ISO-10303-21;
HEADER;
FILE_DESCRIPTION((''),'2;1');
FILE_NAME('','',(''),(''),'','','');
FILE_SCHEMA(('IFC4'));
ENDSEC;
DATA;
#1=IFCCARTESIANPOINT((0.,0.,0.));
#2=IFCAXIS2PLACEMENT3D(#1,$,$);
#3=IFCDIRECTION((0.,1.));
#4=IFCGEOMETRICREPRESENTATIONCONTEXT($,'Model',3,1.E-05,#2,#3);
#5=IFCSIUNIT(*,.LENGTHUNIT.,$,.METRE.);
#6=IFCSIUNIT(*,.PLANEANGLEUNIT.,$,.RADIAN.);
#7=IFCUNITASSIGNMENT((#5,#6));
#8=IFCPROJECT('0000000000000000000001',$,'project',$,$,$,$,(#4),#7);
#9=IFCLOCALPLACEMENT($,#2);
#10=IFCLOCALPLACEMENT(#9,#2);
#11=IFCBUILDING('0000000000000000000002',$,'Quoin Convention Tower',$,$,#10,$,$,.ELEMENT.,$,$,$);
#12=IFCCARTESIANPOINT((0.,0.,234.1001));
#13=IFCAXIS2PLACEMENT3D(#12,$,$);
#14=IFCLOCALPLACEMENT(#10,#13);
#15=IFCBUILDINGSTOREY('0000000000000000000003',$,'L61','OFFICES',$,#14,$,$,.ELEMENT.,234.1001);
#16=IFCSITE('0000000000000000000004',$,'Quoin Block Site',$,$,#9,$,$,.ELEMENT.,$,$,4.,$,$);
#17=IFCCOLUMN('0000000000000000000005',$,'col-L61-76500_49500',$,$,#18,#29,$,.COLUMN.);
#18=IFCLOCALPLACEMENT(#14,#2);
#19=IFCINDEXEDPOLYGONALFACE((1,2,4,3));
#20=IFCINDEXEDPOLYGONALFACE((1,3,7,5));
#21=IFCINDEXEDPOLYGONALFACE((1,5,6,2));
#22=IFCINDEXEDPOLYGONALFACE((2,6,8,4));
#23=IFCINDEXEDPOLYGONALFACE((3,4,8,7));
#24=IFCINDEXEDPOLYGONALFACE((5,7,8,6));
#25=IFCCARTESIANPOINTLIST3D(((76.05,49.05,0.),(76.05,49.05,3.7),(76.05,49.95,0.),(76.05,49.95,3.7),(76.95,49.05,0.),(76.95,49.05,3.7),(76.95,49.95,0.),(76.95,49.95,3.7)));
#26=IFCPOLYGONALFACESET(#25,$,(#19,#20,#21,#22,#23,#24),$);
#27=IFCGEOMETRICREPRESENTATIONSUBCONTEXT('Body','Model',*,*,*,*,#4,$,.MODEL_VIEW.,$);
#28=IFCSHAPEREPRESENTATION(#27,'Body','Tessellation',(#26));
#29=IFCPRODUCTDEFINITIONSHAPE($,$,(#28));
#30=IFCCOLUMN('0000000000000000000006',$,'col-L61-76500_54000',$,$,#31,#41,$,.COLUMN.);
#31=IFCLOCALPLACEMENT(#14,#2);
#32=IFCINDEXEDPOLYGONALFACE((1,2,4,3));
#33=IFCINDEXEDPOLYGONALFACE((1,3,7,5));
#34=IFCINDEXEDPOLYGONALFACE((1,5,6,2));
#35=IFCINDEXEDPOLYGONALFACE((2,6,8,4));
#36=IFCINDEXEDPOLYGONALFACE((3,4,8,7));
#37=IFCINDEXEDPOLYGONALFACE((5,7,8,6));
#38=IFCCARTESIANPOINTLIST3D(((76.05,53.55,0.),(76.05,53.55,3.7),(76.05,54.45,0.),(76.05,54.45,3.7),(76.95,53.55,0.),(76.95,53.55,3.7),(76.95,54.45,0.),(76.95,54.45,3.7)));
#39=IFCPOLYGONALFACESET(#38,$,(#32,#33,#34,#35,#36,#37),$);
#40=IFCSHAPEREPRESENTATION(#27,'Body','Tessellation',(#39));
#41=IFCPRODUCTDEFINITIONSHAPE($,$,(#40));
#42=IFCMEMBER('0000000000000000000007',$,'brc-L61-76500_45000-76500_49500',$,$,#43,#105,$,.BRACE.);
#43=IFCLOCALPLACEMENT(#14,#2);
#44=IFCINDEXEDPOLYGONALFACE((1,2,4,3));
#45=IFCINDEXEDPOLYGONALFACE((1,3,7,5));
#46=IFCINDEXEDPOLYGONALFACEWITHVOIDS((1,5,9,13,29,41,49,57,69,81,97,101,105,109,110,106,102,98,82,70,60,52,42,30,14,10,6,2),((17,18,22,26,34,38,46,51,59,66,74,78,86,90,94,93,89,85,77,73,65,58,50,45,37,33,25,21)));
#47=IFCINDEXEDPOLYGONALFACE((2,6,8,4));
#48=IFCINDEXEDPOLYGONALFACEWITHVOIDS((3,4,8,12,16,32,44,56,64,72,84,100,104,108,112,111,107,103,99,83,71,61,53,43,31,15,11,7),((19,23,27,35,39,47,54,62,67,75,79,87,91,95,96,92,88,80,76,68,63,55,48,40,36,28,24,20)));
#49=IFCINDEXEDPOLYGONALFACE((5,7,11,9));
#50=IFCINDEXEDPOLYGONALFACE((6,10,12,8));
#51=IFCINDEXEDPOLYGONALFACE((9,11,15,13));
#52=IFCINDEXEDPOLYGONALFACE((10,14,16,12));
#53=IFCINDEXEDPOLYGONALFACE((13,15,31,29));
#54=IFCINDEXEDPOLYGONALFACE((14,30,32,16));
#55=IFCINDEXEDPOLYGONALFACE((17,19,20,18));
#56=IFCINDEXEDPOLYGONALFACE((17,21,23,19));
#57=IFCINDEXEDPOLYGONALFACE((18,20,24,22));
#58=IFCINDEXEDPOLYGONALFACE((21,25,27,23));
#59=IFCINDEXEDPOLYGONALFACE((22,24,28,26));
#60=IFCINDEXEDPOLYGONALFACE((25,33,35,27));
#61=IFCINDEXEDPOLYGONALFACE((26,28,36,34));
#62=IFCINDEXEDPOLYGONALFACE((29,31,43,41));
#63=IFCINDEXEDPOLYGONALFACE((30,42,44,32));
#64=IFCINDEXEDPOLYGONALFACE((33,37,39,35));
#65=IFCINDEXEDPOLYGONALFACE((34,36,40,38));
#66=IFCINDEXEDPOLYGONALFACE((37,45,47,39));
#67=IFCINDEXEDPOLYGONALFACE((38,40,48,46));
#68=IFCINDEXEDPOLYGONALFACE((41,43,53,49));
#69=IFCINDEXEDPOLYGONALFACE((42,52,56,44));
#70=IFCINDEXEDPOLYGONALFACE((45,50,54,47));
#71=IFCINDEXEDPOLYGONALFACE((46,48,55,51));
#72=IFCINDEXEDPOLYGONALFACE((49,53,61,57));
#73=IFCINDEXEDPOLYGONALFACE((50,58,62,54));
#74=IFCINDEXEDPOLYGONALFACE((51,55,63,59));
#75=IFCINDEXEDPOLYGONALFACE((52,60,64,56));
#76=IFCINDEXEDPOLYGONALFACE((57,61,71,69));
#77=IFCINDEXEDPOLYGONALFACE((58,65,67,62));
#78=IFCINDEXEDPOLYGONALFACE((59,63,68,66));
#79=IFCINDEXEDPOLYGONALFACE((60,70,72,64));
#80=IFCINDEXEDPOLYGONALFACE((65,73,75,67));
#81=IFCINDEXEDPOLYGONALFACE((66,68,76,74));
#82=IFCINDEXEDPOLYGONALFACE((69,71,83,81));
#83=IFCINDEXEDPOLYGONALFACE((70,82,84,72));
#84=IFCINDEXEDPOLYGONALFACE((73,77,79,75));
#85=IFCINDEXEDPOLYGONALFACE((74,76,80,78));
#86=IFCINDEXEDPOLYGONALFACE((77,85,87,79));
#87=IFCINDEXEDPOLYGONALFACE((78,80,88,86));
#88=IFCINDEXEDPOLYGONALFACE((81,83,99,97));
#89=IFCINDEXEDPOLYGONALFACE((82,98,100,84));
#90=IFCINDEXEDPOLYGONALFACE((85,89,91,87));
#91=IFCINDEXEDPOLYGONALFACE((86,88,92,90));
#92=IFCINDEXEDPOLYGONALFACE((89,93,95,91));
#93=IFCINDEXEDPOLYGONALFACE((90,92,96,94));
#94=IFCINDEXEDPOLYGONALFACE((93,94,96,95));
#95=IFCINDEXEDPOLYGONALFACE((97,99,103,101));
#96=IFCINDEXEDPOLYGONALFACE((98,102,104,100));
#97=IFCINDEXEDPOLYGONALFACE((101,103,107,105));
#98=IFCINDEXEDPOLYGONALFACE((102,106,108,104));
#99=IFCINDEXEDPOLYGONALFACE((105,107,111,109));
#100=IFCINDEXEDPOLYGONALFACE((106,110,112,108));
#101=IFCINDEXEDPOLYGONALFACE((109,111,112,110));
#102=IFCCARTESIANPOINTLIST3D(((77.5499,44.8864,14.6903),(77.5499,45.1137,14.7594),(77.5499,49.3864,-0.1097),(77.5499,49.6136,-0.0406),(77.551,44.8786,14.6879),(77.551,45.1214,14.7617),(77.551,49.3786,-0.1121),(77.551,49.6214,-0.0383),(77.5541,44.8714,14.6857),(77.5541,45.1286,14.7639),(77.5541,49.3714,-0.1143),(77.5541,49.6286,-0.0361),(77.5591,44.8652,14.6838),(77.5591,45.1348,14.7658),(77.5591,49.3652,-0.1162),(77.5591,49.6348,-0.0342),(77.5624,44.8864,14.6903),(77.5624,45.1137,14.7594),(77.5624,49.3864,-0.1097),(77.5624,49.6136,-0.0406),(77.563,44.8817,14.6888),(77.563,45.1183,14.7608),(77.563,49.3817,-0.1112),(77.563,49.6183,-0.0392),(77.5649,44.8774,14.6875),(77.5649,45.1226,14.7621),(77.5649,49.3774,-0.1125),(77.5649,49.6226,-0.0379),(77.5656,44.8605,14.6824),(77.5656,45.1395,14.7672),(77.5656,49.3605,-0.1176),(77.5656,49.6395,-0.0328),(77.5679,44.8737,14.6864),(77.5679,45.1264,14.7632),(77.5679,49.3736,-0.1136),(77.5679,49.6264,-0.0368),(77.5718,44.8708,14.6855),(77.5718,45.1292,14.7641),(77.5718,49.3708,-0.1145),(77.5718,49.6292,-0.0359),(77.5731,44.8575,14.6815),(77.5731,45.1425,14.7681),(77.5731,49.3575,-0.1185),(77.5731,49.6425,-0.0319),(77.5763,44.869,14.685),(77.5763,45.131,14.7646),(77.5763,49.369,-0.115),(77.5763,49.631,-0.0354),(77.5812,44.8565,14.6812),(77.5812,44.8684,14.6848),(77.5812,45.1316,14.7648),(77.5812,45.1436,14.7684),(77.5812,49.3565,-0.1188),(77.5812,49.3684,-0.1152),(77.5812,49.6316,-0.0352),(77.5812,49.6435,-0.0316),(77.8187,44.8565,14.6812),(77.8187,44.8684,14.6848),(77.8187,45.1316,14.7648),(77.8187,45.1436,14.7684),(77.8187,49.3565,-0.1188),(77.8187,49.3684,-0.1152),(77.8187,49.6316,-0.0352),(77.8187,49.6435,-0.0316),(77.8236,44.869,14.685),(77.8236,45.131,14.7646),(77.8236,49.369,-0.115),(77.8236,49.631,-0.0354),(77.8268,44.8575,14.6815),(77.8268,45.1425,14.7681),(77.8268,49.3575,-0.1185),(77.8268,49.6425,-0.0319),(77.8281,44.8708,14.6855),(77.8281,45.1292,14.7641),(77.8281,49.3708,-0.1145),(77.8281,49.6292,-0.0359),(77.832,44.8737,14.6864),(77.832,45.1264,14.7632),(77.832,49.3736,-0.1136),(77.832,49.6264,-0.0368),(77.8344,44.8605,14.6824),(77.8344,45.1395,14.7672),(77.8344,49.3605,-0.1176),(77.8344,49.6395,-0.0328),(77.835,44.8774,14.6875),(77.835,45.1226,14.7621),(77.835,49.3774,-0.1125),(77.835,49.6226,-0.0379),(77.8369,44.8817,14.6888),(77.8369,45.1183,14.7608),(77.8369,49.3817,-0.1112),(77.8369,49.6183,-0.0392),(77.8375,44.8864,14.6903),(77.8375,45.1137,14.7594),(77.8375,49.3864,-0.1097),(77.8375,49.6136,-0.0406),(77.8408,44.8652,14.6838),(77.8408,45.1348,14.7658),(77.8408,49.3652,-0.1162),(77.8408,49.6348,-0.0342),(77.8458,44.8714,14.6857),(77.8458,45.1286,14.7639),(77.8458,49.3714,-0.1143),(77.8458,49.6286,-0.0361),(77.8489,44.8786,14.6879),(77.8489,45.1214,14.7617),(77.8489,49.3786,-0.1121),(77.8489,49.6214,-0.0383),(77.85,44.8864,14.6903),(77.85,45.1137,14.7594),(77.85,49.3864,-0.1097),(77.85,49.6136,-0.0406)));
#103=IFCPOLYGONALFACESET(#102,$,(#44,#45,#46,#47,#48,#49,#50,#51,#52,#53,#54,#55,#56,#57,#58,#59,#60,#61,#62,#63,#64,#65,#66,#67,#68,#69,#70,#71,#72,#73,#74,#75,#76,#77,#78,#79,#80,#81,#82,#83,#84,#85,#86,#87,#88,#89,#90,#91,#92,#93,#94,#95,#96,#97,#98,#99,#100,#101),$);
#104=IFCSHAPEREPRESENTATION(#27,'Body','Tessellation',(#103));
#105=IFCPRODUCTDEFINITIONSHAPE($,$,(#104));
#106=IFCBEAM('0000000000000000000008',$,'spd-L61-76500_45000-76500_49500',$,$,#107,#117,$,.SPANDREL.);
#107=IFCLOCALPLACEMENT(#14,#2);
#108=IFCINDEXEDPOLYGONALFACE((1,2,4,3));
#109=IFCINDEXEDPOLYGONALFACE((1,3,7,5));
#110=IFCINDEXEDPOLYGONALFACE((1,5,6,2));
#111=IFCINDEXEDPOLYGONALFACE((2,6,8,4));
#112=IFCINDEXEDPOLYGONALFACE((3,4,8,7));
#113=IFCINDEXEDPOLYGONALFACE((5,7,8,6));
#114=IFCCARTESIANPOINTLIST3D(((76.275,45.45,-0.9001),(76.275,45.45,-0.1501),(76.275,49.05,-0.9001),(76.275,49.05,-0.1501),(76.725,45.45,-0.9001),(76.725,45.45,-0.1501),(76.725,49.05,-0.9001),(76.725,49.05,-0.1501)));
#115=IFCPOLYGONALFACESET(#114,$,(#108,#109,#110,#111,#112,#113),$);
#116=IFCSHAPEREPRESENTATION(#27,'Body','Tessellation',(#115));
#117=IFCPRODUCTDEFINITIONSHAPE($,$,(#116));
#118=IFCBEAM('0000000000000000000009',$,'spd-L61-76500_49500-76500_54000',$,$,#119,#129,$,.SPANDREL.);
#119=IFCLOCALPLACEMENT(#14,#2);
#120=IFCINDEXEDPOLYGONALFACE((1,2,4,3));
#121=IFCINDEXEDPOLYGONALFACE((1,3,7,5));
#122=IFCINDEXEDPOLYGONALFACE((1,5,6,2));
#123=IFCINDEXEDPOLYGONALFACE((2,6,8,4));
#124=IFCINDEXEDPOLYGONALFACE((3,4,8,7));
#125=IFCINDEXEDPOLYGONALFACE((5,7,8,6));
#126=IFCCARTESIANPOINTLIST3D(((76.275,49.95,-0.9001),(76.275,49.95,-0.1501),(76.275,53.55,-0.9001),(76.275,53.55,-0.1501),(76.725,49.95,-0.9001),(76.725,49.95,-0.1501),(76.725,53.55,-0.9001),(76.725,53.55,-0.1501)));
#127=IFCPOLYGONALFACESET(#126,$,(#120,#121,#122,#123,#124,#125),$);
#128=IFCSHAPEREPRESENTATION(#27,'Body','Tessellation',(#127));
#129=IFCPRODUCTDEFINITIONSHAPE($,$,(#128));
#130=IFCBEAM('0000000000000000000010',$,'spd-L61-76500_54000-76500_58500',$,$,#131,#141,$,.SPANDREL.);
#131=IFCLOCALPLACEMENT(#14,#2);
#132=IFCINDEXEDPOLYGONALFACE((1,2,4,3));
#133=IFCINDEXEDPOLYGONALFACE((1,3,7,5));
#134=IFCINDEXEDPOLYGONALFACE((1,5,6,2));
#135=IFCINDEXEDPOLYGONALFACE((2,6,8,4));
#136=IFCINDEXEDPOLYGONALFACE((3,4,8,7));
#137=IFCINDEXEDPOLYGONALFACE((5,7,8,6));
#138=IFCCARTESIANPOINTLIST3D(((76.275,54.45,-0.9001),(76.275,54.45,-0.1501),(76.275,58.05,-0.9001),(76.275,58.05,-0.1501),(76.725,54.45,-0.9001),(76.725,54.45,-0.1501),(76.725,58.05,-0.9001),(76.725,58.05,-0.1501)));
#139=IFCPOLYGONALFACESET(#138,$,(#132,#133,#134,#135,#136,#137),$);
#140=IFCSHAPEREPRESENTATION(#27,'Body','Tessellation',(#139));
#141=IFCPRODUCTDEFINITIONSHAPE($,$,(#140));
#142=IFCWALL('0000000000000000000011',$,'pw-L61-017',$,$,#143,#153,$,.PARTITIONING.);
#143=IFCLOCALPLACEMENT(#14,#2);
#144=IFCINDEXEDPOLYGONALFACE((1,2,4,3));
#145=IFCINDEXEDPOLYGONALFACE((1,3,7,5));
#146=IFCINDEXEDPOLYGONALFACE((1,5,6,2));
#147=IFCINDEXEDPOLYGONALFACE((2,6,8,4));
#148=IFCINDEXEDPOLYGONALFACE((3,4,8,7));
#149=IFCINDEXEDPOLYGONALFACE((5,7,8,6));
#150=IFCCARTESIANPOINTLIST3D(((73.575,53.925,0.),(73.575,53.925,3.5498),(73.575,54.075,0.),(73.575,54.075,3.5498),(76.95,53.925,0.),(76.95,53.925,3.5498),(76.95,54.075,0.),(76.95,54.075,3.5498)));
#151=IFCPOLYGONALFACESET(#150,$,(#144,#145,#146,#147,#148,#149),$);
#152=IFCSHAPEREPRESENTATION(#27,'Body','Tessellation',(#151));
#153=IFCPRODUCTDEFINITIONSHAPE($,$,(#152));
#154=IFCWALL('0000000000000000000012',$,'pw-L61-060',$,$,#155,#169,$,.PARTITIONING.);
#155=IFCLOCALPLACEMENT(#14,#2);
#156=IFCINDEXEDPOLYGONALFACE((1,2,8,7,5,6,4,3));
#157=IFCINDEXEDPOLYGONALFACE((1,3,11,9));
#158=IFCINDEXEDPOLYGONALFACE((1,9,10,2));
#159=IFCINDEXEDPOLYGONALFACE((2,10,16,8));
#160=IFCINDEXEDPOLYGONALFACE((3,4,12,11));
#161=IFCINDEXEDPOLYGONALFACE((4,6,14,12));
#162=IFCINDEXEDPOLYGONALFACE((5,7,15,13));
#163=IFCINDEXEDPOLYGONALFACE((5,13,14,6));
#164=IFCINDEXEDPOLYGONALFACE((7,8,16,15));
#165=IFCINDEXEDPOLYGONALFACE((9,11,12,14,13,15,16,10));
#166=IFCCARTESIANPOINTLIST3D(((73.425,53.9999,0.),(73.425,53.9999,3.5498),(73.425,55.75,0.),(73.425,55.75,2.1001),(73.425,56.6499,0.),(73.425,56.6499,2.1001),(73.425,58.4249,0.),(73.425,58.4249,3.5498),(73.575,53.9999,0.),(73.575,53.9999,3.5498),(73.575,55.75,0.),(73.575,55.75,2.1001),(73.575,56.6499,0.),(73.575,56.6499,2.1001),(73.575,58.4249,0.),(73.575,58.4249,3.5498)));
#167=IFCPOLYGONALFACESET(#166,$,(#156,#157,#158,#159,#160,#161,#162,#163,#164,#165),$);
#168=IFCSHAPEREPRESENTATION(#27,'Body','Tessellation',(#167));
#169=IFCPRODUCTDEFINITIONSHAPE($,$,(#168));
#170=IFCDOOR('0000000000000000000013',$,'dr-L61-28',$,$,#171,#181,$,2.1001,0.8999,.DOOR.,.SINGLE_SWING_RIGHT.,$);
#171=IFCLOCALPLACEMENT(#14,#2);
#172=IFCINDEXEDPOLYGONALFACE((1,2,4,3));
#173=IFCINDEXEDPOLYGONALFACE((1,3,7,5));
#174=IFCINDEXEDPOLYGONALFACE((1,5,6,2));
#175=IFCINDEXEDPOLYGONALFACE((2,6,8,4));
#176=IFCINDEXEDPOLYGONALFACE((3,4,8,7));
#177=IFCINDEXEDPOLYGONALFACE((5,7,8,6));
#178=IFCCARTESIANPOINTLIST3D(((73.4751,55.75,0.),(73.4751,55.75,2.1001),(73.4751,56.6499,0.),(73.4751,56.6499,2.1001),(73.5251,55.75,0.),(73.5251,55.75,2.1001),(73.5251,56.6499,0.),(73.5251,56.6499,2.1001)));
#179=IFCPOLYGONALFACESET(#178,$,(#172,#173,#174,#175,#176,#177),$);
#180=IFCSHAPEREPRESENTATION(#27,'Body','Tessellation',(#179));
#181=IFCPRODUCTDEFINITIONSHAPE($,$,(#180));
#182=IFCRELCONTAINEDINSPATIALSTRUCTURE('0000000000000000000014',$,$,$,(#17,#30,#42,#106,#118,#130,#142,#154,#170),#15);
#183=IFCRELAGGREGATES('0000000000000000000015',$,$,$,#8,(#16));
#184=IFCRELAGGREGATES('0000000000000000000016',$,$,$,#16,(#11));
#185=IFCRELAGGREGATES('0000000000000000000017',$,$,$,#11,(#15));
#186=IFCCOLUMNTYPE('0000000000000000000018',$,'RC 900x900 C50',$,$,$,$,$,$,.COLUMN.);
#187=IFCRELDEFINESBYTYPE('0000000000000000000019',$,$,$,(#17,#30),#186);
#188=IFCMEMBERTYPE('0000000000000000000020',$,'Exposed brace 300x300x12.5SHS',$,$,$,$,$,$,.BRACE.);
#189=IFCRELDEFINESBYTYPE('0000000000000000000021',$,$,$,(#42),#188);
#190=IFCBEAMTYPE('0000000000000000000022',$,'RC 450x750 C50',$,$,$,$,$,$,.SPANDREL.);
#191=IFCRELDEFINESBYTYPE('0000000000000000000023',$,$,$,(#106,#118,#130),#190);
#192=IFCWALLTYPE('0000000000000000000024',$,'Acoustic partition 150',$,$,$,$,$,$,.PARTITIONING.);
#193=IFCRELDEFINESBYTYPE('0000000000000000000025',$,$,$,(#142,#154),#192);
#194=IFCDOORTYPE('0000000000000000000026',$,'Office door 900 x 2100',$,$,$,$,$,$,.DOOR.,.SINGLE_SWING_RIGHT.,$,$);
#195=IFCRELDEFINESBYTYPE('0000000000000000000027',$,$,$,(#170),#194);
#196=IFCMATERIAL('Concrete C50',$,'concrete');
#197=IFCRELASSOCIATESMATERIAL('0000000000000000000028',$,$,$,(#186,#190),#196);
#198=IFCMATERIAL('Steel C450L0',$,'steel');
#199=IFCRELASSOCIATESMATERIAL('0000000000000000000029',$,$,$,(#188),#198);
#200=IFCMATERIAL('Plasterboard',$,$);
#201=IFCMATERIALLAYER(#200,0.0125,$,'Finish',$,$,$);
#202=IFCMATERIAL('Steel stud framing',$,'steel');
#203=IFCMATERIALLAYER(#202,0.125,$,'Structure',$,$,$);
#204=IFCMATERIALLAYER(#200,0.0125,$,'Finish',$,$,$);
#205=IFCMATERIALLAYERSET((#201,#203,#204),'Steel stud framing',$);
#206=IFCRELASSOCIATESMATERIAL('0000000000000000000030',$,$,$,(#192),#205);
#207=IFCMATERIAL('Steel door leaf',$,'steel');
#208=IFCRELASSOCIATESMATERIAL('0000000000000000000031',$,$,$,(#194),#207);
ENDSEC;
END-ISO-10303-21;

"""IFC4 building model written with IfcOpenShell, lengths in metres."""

from ifc_helpers import new_model, si_unit, direction, frame, frame_2d, origin, origin_2d, place, context, subcontext, project, spatial, rectangle, hollow_rectangle, extrude, material, layer, layer_set, material_profile, profile_set, type_object, element, fill, save


model = new_model("IFC4")

# Units and contexts
model_context = context("Model", 3, precision=1e-05, world=origin(), true_north=direction((0.0, 1.0)))
body_context = subcontext(model_context, "Body", "Model", "MODEL_VIEW")
ifc_project = project(units=[si_unit("LENGTHUNIT", "METRE"), si_unit("PLANEANGLEUNIT", "RADIAN")], contexts=[model_context])

# Site, building, storey
site_placement = place(None, origin())
site = spatial("IfcSite", under=ifc_project, at=site_placement, Name="Quoin Block Site", CompositionType="ELEMENT", RefElevation=4.0)
building_placement = place(site_placement, origin())
building = spatial("IfcBuilding", under=site, at=building_placement, Name="Quoin Convention Tower", CompositionType="ELEMENT")
storey_placement = place(building_placement, frame((0.0, 0.0, 234.1001)))
storey = spatial("IfcBuildingStorey", under=building, at=storey_placement, Name="L61", Description="OFFICES", CompositionType="ELEMENT", Elevation=234.1001)

# Columns
ifc_material_1 = material(Name="Concrete C50", Category="concrete")
ifc_material_profile_1 = material_profile(ifc_material_1, rectangle(XDim=0.8999, YDim=0.8999, at=origin_2d()), Name="RC 900x900")
ifc_profile_set_1 = profile_set([ifc_material_profile_1], Name="Concrete C50")
column_type = type_object("IfcColumnType", Name="RC 900x900 C50", PredefinedType="COLUMN", material=ifc_profile_set_1)
for number, where, z_axis, x_axis, name in (
    (1, (76.5, 49.5, 0.0), (0.0, 0.0, 1.0), (1.0, 0.0, 0.0), "col-L61-76500_49500"),
    (2, (76.5, 54.0, 0.0), (0.0, 0.0, 1.0), (1.0, 0.0, 0.0), "col-L61-76500_54000"),
):
    element("IfcColumn", number, at=place(storey_placement, frame(where, z_axis=z_axis, x_axis=x_axis)), inside=storey, type_object=column_type, Name=name, PredefinedType="COLUMN", context=body_context, shape_type="SweptSolid", body=[
        extrude(rectangle(XDim=0.8999, YDim=0.8999, at=origin_2d()), origin(), (0.0, 0.0, 1.0), 3.7),
    ])

# Member
ifc_material_2 = material(Name="Steel C450L0", Category="steel")
ifc_material_profile_2 = material_profile(ifc_material_2, hollow_rectangle(XDim=0.3, YDim=0.3, WallThickness=0.0125, InnerFilletRadius=0.0188, OuterFilletRadius=0.0312, at=origin_2d()), Name="300x300x12.5SHS")
ifc_profile_set_2 = profile_set([ifc_material_profile_2], Name="Steel C450L0")
member_type = type_object("IfcMemberType", Name="Exposed brace 300x300x12.5SHS", PredefinedType="BRACE", material=ifc_profile_set_2)
member_placement = place(storey_placement, frame((77.7, 49.5, -0.0752), z_axis=(0.0, -0.290903, 0.956752), x_axis=(1.0, 0.0, 0.0)))
element("IfcMember", 3, at=member_placement, inside=storey, type_object=member_type, Name="brc-L61-76500_45000-76500_49500", PredefinedType="BRACE", context=body_context, shape_type="SweptSolid", body=[
    extrude(hollow_rectangle(XDim=0.3, YDim=0.3, WallThickness=0.0125, InnerFilletRadius=0.0188, OuterFilletRadius=0.0312, at=origin_2d()), origin(), (0.0, 0.0, 1.0), 15.469),
])

# Beams
ifc_material_profile_3 = material_profile(ifc_material_1, rectangle(XDim=0.45, YDim=0.75, at=origin_2d()), Name="RC 450x750")
ifc_profile_set_3 = profile_set([ifc_material_profile_3], Name="Concrete C50")
beam_type = type_object("IfcBeamType", Name="RC 450x750 C50", PredefinedType="SPANDREL", material=ifc_profile_set_3)
for number, where, z_axis, x_axis, name in (
    (4, (76.5, 45.45, -0.5251), (0.0, 1.0, 0.0), (-1.0, 0.0, 0.0), "spd-L61-76500_45000-76500_49500"),
    (5, (76.5, 49.95, -0.5251), (0.0, 1.0, 0.0), (-1.0, 0.0, 0.0), "spd-L61-76500_49500-76500_54000"),
    (6, (76.5, 54.45, -0.5251), (0.0, 1.0, 0.0), (-1.0, 0.0, 0.0), "spd-L61-76500_54000-76500_58500"),
):
    element("IfcBeam", number, at=place(storey_placement, frame(where, z_axis=z_axis, x_axis=x_axis)), inside=storey, type_object=beam_type, Name=name, PredefinedType="SPANDREL", context=body_context, shape_type="SweptSolid", body=[
        extrude(rectangle(XDim=0.45, YDim=0.75, at=origin_2d()), origin(), (0.0, 0.0, 1.0), 3.6001),
    ])

# Wall
ifc_material_3 = material(Name="Plasterboard")
ifc_layer_1 = layer(ifc_material_3, 0.0125, Name="Finish")
ifc_material_4 = material(Name="Steel stud framing", Category="steel")
ifc_layer_2 = layer(ifc_material_4, 0.125, Name="Structure")
ifc_layer_3 = layer(ifc_material_3, 0.0125, Name="Finish")
ifc_layer_set_1 = layer_set([ifc_layer_1, ifc_layer_2, ifc_layer_3], Name="Steel stud framing")
wall_type_1 = type_object("IfcWallType", Name="Acoustic partition 150", PredefinedType="PARTITIONING", material=ifc_layer_set_1)
wall_1_placement = place(storey_placement, frame((73.575, 54.0, 0.0), z_axis=(0.0, 0.0, 1.0), x_axis=(1.0, 0.0, 0.0)))
element("IfcWall", 7, at=wall_1_placement, inside=storey, type_object=wall_type_1, Name="pw-L61-017", PredefinedType="PARTITIONING", context=body_context, shape_type="SweptSolid", body=[
    extrude(rectangle(XDim=3.375, YDim=0.1499, at=frame_2d((1.6875, 0.0))), origin(), (0.0, 0.0, 1.0), 3.5498),
])

# Wall, opening, door
wall_2_placement = place(storey_placement, frame((73.5, 54.0, 0.0), z_axis=(0.0, 0.0, 1.0), x_axis=(0.0, 1.0, 0.0)))
wall_2 = element("IfcWall", 8, at=wall_2_placement, inside=storey, type_object=wall_type_1, Name="pw-L61-060", PredefinedType="PARTITIONING", context=body_context, shape_type="SweptSolid", body=[
    extrude(rectangle(XDim=4.425, YDim=0.1499, at=frame_2d((2.2124, 0.0))), origin(), (0.0, 0.0, 1.0), 3.5498),
])
opening_1_placement = place(wall_2_placement, frame((1.75, 0.0, 0.0)))
opening_1 = element("IfcOpeningElement", 9, at=opening_1_placement, cuts=wall_2, PredefinedType="OPENING", context=body_context, shape_type="SweptSolid", body=[
    extrude(rectangle(XDim=0.8999, YDim=2.1001, at=frame_2d((0.45, 1.05))), frame((0.0, 0.085, 0.0), z_axis=(0.0, -1.0, 0.0), x_axis=(1.0, 0.0, 0.0)), (0.0, 0.0, 1.0), 0.1699),
])
ifc_material_5 = material(Name="Steel door leaf", Category="steel")
door_type = type_object("IfcDoorType", Name="Office door 900 x 2100", OperationType="SINGLE_SWING_RIGHT", PredefinedType="DOOR", material=ifc_material_5)
door_1_placement = place(opening_1_placement, origin())
door_1 = element("IfcDoor", 10, at=door_1_placement, inside=storey, type_object=door_type, Name="dr-L61-28", OperationType="SINGLE_SWING_RIGHT", OverallHeight=2.1001, OverallWidth=0.8999, PredefinedType="DOOR", context=body_context, shape_type="SweptSolid", body=[
    extrude(rectangle(XDim=0.8999, YDim=2.1001, at=frame_2d((0.45, 1.05))), frame((0.0, 0.0249, 0.0), z_axis=(0.0, -1.0, 0.0), x_axis=(1.0, 0.0, 0.0)), (0.0, 0.0, 1.0), 0.05),
])
fill(opening_1, door_1)

save(model, "model.ifc")
